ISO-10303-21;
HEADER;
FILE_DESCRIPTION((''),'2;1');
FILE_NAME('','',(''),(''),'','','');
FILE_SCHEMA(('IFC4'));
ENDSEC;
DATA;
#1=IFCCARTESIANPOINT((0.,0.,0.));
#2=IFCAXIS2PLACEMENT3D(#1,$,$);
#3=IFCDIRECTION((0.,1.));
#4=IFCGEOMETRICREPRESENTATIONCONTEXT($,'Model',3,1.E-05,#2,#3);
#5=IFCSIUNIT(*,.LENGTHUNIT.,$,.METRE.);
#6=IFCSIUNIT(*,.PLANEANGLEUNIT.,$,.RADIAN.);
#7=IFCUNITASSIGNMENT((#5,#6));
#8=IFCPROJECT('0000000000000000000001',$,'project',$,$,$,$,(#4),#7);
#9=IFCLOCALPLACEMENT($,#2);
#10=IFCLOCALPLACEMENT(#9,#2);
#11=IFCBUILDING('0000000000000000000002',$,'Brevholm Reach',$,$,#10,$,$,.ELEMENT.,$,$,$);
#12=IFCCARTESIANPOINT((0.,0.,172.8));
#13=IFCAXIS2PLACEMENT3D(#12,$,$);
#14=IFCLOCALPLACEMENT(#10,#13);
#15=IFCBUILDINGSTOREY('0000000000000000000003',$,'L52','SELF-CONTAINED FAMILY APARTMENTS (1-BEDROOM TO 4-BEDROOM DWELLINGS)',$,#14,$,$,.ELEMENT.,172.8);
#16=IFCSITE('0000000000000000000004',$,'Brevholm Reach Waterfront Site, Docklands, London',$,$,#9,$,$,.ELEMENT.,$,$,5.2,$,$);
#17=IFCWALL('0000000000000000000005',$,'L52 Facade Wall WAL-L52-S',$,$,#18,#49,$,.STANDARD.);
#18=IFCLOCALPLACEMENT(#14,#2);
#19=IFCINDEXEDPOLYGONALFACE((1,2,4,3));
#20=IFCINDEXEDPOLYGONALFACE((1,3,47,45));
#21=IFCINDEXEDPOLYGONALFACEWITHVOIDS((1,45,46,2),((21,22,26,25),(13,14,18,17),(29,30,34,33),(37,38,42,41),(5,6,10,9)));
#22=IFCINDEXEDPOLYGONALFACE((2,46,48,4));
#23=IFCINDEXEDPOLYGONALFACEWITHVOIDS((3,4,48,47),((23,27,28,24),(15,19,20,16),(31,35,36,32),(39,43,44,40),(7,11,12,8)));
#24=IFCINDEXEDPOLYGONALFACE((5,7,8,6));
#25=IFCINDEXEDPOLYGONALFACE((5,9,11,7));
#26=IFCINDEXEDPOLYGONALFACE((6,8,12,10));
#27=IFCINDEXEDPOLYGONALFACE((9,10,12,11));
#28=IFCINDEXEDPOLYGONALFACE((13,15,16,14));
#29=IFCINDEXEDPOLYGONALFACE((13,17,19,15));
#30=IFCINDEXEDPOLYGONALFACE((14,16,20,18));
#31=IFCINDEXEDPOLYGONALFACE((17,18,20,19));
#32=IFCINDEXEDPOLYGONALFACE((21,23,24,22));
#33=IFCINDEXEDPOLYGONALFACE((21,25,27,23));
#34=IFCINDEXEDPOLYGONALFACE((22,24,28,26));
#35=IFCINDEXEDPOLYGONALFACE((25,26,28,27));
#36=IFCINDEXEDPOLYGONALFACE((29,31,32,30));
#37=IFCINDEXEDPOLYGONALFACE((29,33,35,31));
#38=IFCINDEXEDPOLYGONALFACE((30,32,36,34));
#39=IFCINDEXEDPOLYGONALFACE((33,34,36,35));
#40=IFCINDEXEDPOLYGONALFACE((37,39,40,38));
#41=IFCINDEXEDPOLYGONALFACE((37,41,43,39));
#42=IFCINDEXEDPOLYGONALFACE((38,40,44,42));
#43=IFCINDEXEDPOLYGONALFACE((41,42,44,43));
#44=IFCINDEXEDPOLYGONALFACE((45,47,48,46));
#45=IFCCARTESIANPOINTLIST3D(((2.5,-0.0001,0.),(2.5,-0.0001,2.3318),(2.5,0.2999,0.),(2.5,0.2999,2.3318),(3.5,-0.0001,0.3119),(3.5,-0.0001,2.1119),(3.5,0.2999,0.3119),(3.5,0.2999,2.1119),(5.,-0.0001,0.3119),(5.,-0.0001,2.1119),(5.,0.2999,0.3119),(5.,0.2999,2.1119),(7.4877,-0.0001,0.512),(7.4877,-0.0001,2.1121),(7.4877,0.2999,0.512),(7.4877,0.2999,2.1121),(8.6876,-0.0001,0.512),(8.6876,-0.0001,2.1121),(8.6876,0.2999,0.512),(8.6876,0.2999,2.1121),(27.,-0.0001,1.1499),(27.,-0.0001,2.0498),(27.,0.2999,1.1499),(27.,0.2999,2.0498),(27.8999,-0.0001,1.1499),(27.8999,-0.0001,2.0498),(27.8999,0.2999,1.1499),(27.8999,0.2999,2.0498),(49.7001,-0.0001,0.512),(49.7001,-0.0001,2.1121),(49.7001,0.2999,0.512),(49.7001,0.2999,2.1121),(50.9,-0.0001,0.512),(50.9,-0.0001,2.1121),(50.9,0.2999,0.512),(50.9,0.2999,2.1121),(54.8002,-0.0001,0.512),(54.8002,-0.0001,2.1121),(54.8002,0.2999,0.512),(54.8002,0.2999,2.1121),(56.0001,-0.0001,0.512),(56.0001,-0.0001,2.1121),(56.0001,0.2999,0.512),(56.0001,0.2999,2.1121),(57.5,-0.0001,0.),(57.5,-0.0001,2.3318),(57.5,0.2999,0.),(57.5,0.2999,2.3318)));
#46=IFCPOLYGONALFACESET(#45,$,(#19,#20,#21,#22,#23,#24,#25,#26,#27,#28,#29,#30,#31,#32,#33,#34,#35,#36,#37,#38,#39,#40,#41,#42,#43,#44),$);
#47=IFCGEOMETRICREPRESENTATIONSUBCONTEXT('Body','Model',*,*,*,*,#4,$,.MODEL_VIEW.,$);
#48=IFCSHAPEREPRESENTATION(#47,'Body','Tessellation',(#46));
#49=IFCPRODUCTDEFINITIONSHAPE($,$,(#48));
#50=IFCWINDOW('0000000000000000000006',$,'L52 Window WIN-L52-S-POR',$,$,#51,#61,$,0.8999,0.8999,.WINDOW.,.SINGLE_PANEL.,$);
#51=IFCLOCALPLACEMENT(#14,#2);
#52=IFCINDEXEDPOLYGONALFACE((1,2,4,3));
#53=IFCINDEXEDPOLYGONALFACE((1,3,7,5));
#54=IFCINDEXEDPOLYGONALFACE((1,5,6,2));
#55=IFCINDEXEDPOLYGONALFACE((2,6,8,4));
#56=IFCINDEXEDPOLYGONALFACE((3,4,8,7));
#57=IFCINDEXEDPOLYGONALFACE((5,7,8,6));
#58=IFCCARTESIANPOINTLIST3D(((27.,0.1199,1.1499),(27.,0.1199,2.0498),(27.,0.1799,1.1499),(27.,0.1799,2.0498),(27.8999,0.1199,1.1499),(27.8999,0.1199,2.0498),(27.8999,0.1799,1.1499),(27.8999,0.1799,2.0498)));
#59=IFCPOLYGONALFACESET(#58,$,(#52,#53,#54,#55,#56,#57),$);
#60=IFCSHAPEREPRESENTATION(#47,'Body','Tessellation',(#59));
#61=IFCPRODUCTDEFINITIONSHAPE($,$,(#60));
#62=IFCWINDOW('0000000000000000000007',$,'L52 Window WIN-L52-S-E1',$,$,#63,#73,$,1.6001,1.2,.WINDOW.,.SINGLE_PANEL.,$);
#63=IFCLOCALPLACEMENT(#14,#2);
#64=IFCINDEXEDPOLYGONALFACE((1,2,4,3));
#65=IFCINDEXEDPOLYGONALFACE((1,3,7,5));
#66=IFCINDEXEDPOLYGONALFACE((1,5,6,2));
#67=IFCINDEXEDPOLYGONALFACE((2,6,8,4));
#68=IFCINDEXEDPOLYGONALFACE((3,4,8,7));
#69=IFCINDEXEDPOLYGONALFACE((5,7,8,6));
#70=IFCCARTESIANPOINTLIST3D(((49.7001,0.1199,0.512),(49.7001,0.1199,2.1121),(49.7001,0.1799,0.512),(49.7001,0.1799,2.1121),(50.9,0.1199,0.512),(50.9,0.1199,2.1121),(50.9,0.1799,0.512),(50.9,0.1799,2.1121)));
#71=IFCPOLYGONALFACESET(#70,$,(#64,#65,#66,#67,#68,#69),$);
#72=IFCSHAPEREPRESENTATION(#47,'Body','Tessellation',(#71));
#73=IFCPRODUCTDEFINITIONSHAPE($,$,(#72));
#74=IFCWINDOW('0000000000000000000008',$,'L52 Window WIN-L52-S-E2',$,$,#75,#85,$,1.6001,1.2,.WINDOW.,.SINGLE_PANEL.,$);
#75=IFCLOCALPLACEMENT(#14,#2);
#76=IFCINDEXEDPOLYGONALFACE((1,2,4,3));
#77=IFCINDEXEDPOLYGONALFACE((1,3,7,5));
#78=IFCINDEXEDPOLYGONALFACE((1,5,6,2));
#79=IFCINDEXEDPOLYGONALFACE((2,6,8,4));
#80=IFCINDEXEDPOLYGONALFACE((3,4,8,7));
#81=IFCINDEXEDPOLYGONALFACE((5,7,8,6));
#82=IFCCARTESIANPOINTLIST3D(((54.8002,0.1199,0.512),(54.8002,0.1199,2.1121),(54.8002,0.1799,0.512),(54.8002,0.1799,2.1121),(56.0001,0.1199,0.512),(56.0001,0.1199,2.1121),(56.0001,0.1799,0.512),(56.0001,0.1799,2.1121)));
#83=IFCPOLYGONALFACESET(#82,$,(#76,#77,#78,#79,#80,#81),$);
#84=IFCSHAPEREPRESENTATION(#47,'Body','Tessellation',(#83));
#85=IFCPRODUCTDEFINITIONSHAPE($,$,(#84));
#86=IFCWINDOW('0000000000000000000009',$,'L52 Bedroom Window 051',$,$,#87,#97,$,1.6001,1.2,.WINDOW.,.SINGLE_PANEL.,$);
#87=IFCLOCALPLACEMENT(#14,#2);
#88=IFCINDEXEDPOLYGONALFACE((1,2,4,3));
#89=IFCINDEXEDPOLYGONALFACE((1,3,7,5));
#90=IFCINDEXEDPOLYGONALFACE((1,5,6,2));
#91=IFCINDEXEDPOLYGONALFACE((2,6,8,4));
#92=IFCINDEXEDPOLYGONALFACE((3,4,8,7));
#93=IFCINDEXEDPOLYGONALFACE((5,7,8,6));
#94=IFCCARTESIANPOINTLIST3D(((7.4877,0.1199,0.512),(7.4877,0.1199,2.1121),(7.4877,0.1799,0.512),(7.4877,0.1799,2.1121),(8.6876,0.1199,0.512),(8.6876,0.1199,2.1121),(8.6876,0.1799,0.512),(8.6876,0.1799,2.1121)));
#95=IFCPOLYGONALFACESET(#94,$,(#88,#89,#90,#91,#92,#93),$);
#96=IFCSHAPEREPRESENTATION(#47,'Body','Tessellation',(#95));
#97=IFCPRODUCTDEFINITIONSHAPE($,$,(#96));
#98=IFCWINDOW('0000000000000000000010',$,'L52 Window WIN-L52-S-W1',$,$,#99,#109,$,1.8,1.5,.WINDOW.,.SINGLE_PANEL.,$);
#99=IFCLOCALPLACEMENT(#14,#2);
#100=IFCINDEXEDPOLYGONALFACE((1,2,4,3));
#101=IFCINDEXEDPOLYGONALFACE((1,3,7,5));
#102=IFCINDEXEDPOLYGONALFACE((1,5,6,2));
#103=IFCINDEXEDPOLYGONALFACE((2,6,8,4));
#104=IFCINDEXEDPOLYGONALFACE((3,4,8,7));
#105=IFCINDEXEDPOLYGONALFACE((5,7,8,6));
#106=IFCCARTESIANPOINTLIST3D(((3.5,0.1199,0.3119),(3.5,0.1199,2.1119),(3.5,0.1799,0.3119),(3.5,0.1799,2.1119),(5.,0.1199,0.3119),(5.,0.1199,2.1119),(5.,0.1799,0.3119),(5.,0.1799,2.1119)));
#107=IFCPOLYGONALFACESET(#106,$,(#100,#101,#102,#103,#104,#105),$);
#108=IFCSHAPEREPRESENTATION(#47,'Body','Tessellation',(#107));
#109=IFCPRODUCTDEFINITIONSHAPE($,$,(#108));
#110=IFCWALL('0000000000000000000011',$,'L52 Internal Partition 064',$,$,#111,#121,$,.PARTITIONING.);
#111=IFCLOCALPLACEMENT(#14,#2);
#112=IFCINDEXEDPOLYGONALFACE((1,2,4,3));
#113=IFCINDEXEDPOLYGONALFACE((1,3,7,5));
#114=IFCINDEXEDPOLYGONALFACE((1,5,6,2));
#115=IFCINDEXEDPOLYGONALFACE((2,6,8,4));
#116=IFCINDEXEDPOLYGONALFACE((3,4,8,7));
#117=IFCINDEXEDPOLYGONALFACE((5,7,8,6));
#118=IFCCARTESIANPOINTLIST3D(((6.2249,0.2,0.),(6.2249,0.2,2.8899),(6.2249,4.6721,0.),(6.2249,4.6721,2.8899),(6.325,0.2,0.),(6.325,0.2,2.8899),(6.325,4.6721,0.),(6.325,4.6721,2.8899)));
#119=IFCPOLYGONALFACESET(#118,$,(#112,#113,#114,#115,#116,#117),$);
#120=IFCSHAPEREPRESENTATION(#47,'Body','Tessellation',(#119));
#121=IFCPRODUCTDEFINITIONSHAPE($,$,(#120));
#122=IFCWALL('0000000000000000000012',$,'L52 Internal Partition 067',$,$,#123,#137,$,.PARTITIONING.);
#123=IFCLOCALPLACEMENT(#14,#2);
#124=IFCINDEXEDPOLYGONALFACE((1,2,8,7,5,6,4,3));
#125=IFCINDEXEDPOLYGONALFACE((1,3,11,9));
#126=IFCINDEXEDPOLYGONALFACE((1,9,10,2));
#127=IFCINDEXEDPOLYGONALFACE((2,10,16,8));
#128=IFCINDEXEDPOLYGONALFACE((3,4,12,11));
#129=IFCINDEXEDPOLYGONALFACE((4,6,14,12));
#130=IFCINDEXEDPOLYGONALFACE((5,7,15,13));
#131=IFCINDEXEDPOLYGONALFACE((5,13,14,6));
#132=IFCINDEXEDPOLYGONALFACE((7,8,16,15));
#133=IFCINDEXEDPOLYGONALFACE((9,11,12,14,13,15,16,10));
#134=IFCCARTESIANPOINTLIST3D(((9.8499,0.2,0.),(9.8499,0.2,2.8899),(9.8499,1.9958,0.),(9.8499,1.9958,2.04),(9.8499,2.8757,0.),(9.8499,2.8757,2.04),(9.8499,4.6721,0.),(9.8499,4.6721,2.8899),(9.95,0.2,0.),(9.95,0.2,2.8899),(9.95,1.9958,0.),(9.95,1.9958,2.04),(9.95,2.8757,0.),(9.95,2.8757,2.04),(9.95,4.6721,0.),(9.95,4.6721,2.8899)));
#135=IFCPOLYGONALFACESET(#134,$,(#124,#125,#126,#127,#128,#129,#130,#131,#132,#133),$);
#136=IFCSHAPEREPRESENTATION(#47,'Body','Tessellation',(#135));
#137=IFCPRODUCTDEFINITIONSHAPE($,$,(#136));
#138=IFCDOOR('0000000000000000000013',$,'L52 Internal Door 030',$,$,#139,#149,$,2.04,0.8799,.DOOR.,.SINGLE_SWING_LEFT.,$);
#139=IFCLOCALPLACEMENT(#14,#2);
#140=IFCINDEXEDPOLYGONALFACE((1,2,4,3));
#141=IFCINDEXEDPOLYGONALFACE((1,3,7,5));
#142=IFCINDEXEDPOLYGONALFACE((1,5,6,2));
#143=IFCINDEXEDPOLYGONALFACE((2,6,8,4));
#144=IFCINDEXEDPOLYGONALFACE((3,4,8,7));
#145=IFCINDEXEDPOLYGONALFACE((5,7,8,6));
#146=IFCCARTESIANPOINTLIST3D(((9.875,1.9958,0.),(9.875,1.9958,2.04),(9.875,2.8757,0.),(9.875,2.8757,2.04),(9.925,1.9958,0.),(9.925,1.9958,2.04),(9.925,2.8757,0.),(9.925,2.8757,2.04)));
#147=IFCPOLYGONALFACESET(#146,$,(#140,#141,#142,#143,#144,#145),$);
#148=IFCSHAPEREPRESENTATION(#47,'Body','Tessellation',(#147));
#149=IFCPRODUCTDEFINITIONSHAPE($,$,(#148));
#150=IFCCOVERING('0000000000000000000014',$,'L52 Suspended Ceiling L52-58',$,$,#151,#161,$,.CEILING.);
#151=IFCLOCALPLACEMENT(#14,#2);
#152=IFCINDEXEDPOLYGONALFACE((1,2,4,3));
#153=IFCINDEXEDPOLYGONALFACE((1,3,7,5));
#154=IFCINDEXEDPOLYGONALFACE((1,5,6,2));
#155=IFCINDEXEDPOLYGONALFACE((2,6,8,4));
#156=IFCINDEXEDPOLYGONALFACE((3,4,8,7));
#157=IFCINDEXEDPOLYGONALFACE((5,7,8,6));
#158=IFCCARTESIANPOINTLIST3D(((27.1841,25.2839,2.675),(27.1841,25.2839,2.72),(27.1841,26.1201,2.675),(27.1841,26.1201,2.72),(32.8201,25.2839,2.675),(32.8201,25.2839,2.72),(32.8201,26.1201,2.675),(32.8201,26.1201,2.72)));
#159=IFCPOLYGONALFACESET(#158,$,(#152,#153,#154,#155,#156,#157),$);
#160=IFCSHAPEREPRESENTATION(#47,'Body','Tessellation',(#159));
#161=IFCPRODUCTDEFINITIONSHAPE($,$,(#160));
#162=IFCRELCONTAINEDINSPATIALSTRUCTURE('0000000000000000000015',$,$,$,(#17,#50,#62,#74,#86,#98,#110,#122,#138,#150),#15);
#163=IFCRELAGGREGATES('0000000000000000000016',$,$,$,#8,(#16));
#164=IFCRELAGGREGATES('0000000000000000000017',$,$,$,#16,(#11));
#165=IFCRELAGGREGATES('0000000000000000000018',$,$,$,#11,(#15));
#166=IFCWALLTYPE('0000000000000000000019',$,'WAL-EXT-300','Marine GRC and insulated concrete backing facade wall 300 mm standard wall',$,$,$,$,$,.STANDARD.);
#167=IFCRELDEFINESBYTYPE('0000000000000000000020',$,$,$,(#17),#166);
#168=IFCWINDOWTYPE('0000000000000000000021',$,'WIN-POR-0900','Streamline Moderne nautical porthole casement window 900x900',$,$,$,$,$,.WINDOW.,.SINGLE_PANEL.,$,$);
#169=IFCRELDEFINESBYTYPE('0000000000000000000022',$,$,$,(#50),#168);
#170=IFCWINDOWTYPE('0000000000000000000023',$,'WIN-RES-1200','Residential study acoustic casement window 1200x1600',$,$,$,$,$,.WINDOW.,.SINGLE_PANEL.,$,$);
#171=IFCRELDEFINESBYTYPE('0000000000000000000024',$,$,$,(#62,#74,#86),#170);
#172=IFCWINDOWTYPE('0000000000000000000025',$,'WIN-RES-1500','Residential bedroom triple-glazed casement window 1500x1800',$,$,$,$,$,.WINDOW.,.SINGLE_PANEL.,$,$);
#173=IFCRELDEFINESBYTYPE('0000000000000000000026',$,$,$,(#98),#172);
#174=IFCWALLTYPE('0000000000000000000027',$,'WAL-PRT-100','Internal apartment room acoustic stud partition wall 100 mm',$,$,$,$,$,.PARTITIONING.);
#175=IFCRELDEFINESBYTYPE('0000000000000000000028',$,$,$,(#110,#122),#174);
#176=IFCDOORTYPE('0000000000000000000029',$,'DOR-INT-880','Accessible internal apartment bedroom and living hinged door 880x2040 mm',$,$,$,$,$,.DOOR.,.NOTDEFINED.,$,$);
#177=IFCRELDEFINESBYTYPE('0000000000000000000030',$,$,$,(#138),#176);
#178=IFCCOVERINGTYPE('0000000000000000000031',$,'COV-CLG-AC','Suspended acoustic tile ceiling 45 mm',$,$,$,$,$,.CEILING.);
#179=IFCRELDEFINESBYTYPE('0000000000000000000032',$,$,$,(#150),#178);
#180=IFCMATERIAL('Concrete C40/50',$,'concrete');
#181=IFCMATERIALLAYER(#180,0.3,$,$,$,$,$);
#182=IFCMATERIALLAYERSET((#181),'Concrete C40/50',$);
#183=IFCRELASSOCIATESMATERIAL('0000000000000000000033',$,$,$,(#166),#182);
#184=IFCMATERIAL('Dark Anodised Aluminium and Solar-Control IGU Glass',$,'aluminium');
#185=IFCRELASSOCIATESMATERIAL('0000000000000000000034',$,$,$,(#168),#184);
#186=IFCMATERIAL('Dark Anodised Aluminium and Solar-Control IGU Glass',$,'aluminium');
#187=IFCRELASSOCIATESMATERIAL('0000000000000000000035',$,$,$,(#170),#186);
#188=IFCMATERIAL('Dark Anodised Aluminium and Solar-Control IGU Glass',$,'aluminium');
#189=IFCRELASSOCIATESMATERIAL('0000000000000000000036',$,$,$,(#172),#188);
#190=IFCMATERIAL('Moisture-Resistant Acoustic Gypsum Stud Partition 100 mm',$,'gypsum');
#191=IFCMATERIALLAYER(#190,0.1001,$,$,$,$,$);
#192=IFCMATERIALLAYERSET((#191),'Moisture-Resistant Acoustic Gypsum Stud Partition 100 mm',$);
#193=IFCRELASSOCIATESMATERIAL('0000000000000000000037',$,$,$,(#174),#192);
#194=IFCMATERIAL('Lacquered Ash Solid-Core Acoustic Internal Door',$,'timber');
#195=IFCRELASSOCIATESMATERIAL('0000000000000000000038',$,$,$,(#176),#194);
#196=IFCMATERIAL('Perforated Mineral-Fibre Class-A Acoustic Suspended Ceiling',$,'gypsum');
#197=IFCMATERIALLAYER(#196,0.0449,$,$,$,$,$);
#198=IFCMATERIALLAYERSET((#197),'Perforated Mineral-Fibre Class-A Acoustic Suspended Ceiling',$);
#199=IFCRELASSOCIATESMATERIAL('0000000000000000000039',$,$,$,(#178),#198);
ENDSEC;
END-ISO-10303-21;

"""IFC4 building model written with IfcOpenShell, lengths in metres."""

from ifc_helpers import new_model, si_unit, direction, frame, frame_2d, origin, place, context, subcontext, project, spatial, polyline, rectangle, outline, extrude, material, layer, layer_set, type_object, element, fill, save


model = new_model("IFC4")

# Units and contexts
model_context = context("Model", 3, precision=1e-05, world=origin(), true_north=direction((0.0, 1.0)))
body_context = subcontext(model_context, "Body", "Model", "MODEL_VIEW")
ifc_project = project(units=[si_unit("LENGTHUNIT", "METRE"), si_unit("PLANEANGLEUNIT", "RADIAN")], contexts=[model_context])

# Site, building, storey
site_placement = place(None, origin())
site = spatial("IfcSite", under=ifc_project, at=site_placement, Name="Brevholm Reach Waterfront Site, Docklands, London", CompositionType="ELEMENT", RefElevation=5.2)
building_placement = place(site_placement, origin())
building = spatial("IfcBuilding", under=site, at=building_placement, Name="Brevholm Reach", CompositionType="ELEMENT")
storey_placement = place(building_placement, frame((0.0, 0.0, 172.8)))
storey = spatial("IfcBuildingStorey", under=building, at=storey_placement, Name="L52", Description="SELF-CONTAINED FAMILY APARTMENTS (1-BEDROOM TO 4-BEDROOM DWELLINGS)", CompositionType="ELEMENT", Elevation=172.8)

# Shared definitions
ifc_material_1 = material(Name="Concrete C40/50", Category="concrete")
ifc_layer_1 = layer(ifc_material_1, 0.3)
ifc_layer_set_1 = layer_set([ifc_layer_1], Name="Concrete C40/50")
wall_type_1 = type_object("IfcWallType", Name="WAL-EXT-300", Description="Marine GRC and insulated concrete backing facade wall 300 mm standard wall", PredefinedType="STANDARD", material=ifc_layer_set_1)

# Wall, openings, windows
wall_1_placement = place(storey_placement, frame((2.5, 0.1499, 0.0), z_axis=(0.0, 0.0, 1.0), x_axis=(1.0, 0.0, 0.0)))
wall_1 = element("IfcWall", 1, at=wall_1_placement, inside=storey, type_object=wall_type_1, Name="L52 Facade Wall WAL-L52-S", PredefinedType="STANDARD", context=body_context, shape_type="SweptSolid", body=[
    extrude(rectangle(XDim=55.0, YDim=0.3, at=frame_2d((27.5, 0.0))), origin(), (0.0, 0.0, 1.0), 2.3318),
])
opening_1_placement = place(wall_1_placement, frame((1.0, 0.0, 0.312)))
opening_1 = element("IfcOpeningElement", 2, at=opening_1_placement, cuts=wall_1, PredefinedType="OPENING", context=body_context, shape_type="SweptSolid", body=[
    extrude(rectangle(XDim=1.5, YDim=1.8, at=frame_2d((0.75, 0.8999))), frame((0.0, 0.1599, 0.0), z_axis=(0.0, -1.0, 0.0), x_axis=(1.0, 0.0, 0.0)), (0.0, 0.0, 1.0), 0.3201),
])
opening_2_placement = place(wall_1_placement, frame((24.5, 0.0, 1.1499)))
opening_2 = element("IfcOpeningElement", 3, at=opening_2_placement, cuts=wall_1, PredefinedType="OPENING", context=body_context, shape_type="SweptSolid", body=[
    extrude(rectangle(XDim=0.8999, YDim=0.8999, at=frame_2d((0.45, 0.45))), frame((0.0, 0.1599, 0.0), z_axis=(0.0, -1.0, 0.0), x_axis=(1.0, 0.0, 0.0)), (0.0, 0.0, 1.0), 0.3201),
])
opening_3_placement = place(wall_1_placement, frame((47.2, 0.0, 0.512)))
opening_3 = element("IfcOpeningElement", 4, at=opening_3_placement, cuts=wall_1, PredefinedType="OPENING", context=body_context, shape_type="SweptSolid", body=[
    extrude(rectangle(XDim=1.2, YDim=1.6001, at=frame_2d((0.6001, 0.8))), frame((0.0, 0.1599, 0.0), z_axis=(0.0, -1.0, 0.0), x_axis=(1.0, 0.0, 0.0)), (0.0, 0.0, 1.0), 0.3201),
])
opening_4_placement = place(wall_1_placement, frame((52.3, 0.0, 0.512)))
opening_4 = element("IfcOpeningElement", 5, at=opening_4_placement, cuts=wall_1, PredefinedType="OPENING", context=body_context, shape_type="SweptSolid", body=[
    extrude(rectangle(XDim=1.2, YDim=1.6001, at=frame_2d((0.6001, 0.8))), frame((0.0, 0.1599, 0.0), z_axis=(0.0, -1.0, 0.0), x_axis=(1.0, 0.0, 0.0)), (0.0, 0.0, 1.0), 0.3201),
])
opening_5_placement = place(wall_1_placement, frame((4.9875, 0.0, 0.512)))
opening_5 = element("IfcOpeningElement", 6, at=opening_5_placement, cuts=wall_1, PredefinedType="OPENING", context=body_context, shape_type="SweptSolid", body=[
    extrude(rectangle(XDim=1.2, YDim=1.6001, at=frame_2d((0.6001, 0.8))), frame((0.0, 0.1599, 0.0), z_axis=(0.0, -1.0, 0.0), x_axis=(1.0, 0.0, 0.0)), (0.0, 0.0, 1.0), 0.3201),
])
ifc_material_2 = material(Name="Dark Anodised Aluminium and Solar-Control IGU Glass", Category="aluminium")
window_type_1 = type_object("IfcWindowType", Name="WIN-POR-0900", Description="Streamline Moderne nautical porthole casement window 900x900", PartitioningType="SINGLE_PANEL", PredefinedType="WINDOW", material=ifc_material_2)
window_1_placement = place(opening_2_placement, origin())
window_1 = element("IfcWindow", 7, at=window_1_placement, inside=storey, type_object=window_type_1, Name="L52 Window WIN-L52-S-POR", OverallHeight=0.8999, OverallWidth=0.8999, PartitioningType="SINGLE_PANEL", PredefinedType="WINDOW", context=body_context, shape_type="SweptSolid", body=[
    extrude(rectangle(XDim=0.8999, YDim=0.8999, at=frame_2d((0.45, 0.45))), frame((0.0, 0.03, 0.0), z_axis=(0.0, -1.0, 0.0), x_axis=(1.0, 0.0, 0.0)), (0.0, 0.0, 1.0), 0.0601),
])
fill(opening_2, window_1)
ifc_material_3 = material(Name="Dark Anodised Aluminium and Solar-Control IGU Glass", Category="aluminium")
window_type_2 = type_object("IfcWindowType", Name="WIN-RES-1200", Description="Residential study acoustic casement window 1200x1600", PartitioningType="SINGLE_PANEL", PredefinedType="WINDOW", material=ifc_material_3)
window_2_placement = place(opening_3_placement, origin())
window_2 = element("IfcWindow", 8, at=window_2_placement, inside=storey, type_object=window_type_2, Name="L52 Window WIN-L52-S-E1", OverallHeight=1.6001, OverallWidth=1.2, PartitioningType="SINGLE_PANEL", PredefinedType="WINDOW", context=body_context, shape_type="SweptSolid", body=[
    extrude(rectangle(XDim=1.2, YDim=1.6001, at=frame_2d((0.6001, 0.8))), frame((0.0, 0.03, 0.0), z_axis=(0.0, -1.0, 0.0), x_axis=(1.0, 0.0, 0.0)), (0.0, 0.0, 1.0), 0.0601),
])
fill(opening_3, window_2)
window_3_placement = place(opening_4_placement, origin())
window_3 = element("IfcWindow", 9, at=window_3_placement, inside=storey, type_object=window_type_2, Name="L52 Window WIN-L52-S-E2", OverallHeight=1.6001, OverallWidth=1.2, PartitioningType="SINGLE_PANEL", PredefinedType="WINDOW", context=body_context, shape_type="SweptSolid", body=[
    extrude(rectangle(XDim=1.2, YDim=1.6001, at=frame_2d((0.6001, 0.8))), frame((0.0, 0.03, 0.0), z_axis=(0.0, -1.0, 0.0), x_axis=(1.0, 0.0, 0.0)), (0.0, 0.0, 1.0), 0.0601),
])
fill(opening_4, window_3)
window_4_placement = place(opening_5_placement, origin())
window_4 = element("IfcWindow", 10, at=window_4_placement, inside=storey, type_object=window_type_2, Name="L52 Bedroom Window 051", OverallHeight=1.6001, OverallWidth=1.2, PartitioningType="SINGLE_PANEL", PredefinedType="WINDOW", context=body_context, shape_type="SweptSolid", body=[
    extrude(rectangle(XDim=1.2, YDim=1.6001, at=frame_2d((0.6001, 0.8))), frame((0.0, 0.03, 0.0), z_axis=(0.0, -1.0, 0.0), x_axis=(1.0, 0.0, 0.0)), (0.0, 0.0, 1.0), 0.0601),
])
fill(opening_5, window_4)
ifc_material_4 = material(Name="Dark Anodised Aluminium and Solar-Control IGU Glass", Category="aluminium")
window_type_3 = type_object("IfcWindowType", Name="WIN-RES-1500", Description="Residential bedroom triple-glazed casement window 1500x1800", PartitioningType="SINGLE_PANEL", PredefinedType="WINDOW", material=ifc_material_4)
window_5_placement = place(opening_1_placement, origin())
window_5 = element("IfcWindow", 11, at=window_5_placement, inside=storey, type_object=window_type_3, Name="L52 Window WIN-L52-S-W1", OverallHeight=1.8, OverallWidth=1.5, PartitioningType="SINGLE_PANEL", PredefinedType="WINDOW", context=body_context, shape_type="SweptSolid", body=[
    extrude(rectangle(XDim=1.5, YDim=1.8, at=frame_2d((0.75, 0.8999))), frame((0.0, 0.03, 0.0), z_axis=(0.0, -1.0, 0.0), x_axis=(1.0, 0.0, 0.0)), (0.0, 0.0, 1.0), 0.0601),
])
fill(opening_1, window_5)

# Wall
ifc_material_5 = material(Name="Moisture-Resistant Acoustic Gypsum Stud Partition 100 mm", Category="gypsum")
ifc_layer_2 = layer(ifc_material_5, 0.1001)
ifc_layer_set_2 = layer_set([ifc_layer_2], Name="Moisture-Resistant Acoustic Gypsum Stud Partition 100 mm")
wall_type_2 = type_object("IfcWallType", Name="WAL-PRT-100", Description="Internal apartment room acoustic stud partition wall 100 mm", PredefinedType="PARTITIONING", material=ifc_layer_set_2)
wall_2_placement = place(storey_placement, frame((6.2749, 0.2, 0.0), z_axis=(0.0, 0.0, 1.0), x_axis=(0.0, 1.0, 0.0)))
element("IfcWall", 12, at=wall_2_placement, inside=storey, type_object=wall_type_2, Name="L52 Internal Partition 064", PredefinedType="PARTITIONING", context=body_context, shape_type="SweptSolid", body=[
    extrude(rectangle(XDim=4.4722, YDim=0.1001, at=frame_2d((2.2361, 0.0))), origin(), (0.0, 0.0, 1.0), 2.8899),
])

# Wall, opening, door
wall_3_placement = place(storey_placement, frame((9.8999, 0.2, 0.0), z_axis=(0.0, 0.0, 1.0), x_axis=(0.0, 1.0, 0.0)))
wall_3 = element("IfcWall", 13, at=wall_3_placement, inside=storey, type_object=wall_type_2, Name="L52 Internal Partition 067", PredefinedType="PARTITIONING", context=body_context, shape_type="SweptSolid", body=[
    extrude(rectangle(XDim=4.4722, YDim=0.1001, at=frame_2d((2.2361, 0.0))), origin(), (0.0, 0.0, 1.0), 2.8899),
])
opening_6_placement = place(wall_3_placement, frame((1.7959, 0.0, 0.0)))
opening_6 = element("IfcOpeningElement", 14, at=opening_6_placement, cuts=wall_3, PredefinedType="OPENING", context=body_context, shape_type="SweptSolid", body=[
    extrude(rectangle(XDim=0.8799, YDim=2.04, at=frame_2d((0.4399, 1.02))), frame((0.0, 0.0601, 0.0), z_axis=(0.0, -1.0, 0.0), x_axis=(1.0, 0.0, 0.0)), (0.0, 0.0, 1.0), 0.1201),
])
ifc_material_6 = material(Name="Lacquered Ash Solid-Core Acoustic Internal Door", Category="timber")
door_type = type_object("IfcDoorType", Name="DOR-INT-880", Description="Accessible internal apartment bedroom and living hinged door 880x2040 mm", OperationType="NOTDEFINED", PredefinedType="DOOR", material=ifc_material_6)
door_placement = place(opening_6_placement, origin())
door = element("IfcDoor", 15, at=door_placement, inside=storey, type_object=door_type, Name="L52 Internal Door 030", OperationType="SINGLE_SWING_LEFT", OverallHeight=2.04, OverallWidth=0.8799, PredefinedType="DOOR", context=body_context, shape_type="SweptSolid", body=[
    extrude(rectangle(XDim=0.8799, YDim=2.04, at=frame_2d((0.4399, 1.02))), frame((0.0, 0.0249, 0.0), z_axis=(0.0, -1.0, 0.0), x_axis=(1.0, 0.0, 0.0)), (0.0, 0.0, 1.0), 0.05),
])
fill(opening_6, door)

# Covering
ifc_material_7 = material(Name="Perforated Mineral-Fibre Class-A Acoustic Suspended Ceiling", Category="gypsum")
ifc_layer_3 = layer(ifc_material_7, 0.0449)
ifc_layer_set_3 = layer_set([ifc_layer_3], Name="Perforated Mineral-Fibre Class-A Acoustic Suspended Ceiling")
covering_type_1 = type_object("IfcCoveringType", Name="COV-CLG-AC", Description="Suspended acoustic tile ceiling 45 mm", PredefinedType="CEILING", material=ifc_layer_set_3)
covering_1_placement = place(storey_placement, frame((0.0, 0.0, 2.675)))
element("IfcCovering", 16, at=covering_1_placement, inside=storey, type_object=covering_type_1, Name="L52 Suspended Ceiling L52-58", PredefinedType="CEILING", context=body_context, shape_type="SweptSolid", body=[
    extrude(outline(polyline([(32.8201, 26.1201), (32.8201, 25.2839), (27.1841, 25.2839), (27.1841, 26.1201), (32.8201, 26.1201)])), origin(), (0.0, 0.0, 1.0), 0.0449),
])

save(model, "model.ifc")
